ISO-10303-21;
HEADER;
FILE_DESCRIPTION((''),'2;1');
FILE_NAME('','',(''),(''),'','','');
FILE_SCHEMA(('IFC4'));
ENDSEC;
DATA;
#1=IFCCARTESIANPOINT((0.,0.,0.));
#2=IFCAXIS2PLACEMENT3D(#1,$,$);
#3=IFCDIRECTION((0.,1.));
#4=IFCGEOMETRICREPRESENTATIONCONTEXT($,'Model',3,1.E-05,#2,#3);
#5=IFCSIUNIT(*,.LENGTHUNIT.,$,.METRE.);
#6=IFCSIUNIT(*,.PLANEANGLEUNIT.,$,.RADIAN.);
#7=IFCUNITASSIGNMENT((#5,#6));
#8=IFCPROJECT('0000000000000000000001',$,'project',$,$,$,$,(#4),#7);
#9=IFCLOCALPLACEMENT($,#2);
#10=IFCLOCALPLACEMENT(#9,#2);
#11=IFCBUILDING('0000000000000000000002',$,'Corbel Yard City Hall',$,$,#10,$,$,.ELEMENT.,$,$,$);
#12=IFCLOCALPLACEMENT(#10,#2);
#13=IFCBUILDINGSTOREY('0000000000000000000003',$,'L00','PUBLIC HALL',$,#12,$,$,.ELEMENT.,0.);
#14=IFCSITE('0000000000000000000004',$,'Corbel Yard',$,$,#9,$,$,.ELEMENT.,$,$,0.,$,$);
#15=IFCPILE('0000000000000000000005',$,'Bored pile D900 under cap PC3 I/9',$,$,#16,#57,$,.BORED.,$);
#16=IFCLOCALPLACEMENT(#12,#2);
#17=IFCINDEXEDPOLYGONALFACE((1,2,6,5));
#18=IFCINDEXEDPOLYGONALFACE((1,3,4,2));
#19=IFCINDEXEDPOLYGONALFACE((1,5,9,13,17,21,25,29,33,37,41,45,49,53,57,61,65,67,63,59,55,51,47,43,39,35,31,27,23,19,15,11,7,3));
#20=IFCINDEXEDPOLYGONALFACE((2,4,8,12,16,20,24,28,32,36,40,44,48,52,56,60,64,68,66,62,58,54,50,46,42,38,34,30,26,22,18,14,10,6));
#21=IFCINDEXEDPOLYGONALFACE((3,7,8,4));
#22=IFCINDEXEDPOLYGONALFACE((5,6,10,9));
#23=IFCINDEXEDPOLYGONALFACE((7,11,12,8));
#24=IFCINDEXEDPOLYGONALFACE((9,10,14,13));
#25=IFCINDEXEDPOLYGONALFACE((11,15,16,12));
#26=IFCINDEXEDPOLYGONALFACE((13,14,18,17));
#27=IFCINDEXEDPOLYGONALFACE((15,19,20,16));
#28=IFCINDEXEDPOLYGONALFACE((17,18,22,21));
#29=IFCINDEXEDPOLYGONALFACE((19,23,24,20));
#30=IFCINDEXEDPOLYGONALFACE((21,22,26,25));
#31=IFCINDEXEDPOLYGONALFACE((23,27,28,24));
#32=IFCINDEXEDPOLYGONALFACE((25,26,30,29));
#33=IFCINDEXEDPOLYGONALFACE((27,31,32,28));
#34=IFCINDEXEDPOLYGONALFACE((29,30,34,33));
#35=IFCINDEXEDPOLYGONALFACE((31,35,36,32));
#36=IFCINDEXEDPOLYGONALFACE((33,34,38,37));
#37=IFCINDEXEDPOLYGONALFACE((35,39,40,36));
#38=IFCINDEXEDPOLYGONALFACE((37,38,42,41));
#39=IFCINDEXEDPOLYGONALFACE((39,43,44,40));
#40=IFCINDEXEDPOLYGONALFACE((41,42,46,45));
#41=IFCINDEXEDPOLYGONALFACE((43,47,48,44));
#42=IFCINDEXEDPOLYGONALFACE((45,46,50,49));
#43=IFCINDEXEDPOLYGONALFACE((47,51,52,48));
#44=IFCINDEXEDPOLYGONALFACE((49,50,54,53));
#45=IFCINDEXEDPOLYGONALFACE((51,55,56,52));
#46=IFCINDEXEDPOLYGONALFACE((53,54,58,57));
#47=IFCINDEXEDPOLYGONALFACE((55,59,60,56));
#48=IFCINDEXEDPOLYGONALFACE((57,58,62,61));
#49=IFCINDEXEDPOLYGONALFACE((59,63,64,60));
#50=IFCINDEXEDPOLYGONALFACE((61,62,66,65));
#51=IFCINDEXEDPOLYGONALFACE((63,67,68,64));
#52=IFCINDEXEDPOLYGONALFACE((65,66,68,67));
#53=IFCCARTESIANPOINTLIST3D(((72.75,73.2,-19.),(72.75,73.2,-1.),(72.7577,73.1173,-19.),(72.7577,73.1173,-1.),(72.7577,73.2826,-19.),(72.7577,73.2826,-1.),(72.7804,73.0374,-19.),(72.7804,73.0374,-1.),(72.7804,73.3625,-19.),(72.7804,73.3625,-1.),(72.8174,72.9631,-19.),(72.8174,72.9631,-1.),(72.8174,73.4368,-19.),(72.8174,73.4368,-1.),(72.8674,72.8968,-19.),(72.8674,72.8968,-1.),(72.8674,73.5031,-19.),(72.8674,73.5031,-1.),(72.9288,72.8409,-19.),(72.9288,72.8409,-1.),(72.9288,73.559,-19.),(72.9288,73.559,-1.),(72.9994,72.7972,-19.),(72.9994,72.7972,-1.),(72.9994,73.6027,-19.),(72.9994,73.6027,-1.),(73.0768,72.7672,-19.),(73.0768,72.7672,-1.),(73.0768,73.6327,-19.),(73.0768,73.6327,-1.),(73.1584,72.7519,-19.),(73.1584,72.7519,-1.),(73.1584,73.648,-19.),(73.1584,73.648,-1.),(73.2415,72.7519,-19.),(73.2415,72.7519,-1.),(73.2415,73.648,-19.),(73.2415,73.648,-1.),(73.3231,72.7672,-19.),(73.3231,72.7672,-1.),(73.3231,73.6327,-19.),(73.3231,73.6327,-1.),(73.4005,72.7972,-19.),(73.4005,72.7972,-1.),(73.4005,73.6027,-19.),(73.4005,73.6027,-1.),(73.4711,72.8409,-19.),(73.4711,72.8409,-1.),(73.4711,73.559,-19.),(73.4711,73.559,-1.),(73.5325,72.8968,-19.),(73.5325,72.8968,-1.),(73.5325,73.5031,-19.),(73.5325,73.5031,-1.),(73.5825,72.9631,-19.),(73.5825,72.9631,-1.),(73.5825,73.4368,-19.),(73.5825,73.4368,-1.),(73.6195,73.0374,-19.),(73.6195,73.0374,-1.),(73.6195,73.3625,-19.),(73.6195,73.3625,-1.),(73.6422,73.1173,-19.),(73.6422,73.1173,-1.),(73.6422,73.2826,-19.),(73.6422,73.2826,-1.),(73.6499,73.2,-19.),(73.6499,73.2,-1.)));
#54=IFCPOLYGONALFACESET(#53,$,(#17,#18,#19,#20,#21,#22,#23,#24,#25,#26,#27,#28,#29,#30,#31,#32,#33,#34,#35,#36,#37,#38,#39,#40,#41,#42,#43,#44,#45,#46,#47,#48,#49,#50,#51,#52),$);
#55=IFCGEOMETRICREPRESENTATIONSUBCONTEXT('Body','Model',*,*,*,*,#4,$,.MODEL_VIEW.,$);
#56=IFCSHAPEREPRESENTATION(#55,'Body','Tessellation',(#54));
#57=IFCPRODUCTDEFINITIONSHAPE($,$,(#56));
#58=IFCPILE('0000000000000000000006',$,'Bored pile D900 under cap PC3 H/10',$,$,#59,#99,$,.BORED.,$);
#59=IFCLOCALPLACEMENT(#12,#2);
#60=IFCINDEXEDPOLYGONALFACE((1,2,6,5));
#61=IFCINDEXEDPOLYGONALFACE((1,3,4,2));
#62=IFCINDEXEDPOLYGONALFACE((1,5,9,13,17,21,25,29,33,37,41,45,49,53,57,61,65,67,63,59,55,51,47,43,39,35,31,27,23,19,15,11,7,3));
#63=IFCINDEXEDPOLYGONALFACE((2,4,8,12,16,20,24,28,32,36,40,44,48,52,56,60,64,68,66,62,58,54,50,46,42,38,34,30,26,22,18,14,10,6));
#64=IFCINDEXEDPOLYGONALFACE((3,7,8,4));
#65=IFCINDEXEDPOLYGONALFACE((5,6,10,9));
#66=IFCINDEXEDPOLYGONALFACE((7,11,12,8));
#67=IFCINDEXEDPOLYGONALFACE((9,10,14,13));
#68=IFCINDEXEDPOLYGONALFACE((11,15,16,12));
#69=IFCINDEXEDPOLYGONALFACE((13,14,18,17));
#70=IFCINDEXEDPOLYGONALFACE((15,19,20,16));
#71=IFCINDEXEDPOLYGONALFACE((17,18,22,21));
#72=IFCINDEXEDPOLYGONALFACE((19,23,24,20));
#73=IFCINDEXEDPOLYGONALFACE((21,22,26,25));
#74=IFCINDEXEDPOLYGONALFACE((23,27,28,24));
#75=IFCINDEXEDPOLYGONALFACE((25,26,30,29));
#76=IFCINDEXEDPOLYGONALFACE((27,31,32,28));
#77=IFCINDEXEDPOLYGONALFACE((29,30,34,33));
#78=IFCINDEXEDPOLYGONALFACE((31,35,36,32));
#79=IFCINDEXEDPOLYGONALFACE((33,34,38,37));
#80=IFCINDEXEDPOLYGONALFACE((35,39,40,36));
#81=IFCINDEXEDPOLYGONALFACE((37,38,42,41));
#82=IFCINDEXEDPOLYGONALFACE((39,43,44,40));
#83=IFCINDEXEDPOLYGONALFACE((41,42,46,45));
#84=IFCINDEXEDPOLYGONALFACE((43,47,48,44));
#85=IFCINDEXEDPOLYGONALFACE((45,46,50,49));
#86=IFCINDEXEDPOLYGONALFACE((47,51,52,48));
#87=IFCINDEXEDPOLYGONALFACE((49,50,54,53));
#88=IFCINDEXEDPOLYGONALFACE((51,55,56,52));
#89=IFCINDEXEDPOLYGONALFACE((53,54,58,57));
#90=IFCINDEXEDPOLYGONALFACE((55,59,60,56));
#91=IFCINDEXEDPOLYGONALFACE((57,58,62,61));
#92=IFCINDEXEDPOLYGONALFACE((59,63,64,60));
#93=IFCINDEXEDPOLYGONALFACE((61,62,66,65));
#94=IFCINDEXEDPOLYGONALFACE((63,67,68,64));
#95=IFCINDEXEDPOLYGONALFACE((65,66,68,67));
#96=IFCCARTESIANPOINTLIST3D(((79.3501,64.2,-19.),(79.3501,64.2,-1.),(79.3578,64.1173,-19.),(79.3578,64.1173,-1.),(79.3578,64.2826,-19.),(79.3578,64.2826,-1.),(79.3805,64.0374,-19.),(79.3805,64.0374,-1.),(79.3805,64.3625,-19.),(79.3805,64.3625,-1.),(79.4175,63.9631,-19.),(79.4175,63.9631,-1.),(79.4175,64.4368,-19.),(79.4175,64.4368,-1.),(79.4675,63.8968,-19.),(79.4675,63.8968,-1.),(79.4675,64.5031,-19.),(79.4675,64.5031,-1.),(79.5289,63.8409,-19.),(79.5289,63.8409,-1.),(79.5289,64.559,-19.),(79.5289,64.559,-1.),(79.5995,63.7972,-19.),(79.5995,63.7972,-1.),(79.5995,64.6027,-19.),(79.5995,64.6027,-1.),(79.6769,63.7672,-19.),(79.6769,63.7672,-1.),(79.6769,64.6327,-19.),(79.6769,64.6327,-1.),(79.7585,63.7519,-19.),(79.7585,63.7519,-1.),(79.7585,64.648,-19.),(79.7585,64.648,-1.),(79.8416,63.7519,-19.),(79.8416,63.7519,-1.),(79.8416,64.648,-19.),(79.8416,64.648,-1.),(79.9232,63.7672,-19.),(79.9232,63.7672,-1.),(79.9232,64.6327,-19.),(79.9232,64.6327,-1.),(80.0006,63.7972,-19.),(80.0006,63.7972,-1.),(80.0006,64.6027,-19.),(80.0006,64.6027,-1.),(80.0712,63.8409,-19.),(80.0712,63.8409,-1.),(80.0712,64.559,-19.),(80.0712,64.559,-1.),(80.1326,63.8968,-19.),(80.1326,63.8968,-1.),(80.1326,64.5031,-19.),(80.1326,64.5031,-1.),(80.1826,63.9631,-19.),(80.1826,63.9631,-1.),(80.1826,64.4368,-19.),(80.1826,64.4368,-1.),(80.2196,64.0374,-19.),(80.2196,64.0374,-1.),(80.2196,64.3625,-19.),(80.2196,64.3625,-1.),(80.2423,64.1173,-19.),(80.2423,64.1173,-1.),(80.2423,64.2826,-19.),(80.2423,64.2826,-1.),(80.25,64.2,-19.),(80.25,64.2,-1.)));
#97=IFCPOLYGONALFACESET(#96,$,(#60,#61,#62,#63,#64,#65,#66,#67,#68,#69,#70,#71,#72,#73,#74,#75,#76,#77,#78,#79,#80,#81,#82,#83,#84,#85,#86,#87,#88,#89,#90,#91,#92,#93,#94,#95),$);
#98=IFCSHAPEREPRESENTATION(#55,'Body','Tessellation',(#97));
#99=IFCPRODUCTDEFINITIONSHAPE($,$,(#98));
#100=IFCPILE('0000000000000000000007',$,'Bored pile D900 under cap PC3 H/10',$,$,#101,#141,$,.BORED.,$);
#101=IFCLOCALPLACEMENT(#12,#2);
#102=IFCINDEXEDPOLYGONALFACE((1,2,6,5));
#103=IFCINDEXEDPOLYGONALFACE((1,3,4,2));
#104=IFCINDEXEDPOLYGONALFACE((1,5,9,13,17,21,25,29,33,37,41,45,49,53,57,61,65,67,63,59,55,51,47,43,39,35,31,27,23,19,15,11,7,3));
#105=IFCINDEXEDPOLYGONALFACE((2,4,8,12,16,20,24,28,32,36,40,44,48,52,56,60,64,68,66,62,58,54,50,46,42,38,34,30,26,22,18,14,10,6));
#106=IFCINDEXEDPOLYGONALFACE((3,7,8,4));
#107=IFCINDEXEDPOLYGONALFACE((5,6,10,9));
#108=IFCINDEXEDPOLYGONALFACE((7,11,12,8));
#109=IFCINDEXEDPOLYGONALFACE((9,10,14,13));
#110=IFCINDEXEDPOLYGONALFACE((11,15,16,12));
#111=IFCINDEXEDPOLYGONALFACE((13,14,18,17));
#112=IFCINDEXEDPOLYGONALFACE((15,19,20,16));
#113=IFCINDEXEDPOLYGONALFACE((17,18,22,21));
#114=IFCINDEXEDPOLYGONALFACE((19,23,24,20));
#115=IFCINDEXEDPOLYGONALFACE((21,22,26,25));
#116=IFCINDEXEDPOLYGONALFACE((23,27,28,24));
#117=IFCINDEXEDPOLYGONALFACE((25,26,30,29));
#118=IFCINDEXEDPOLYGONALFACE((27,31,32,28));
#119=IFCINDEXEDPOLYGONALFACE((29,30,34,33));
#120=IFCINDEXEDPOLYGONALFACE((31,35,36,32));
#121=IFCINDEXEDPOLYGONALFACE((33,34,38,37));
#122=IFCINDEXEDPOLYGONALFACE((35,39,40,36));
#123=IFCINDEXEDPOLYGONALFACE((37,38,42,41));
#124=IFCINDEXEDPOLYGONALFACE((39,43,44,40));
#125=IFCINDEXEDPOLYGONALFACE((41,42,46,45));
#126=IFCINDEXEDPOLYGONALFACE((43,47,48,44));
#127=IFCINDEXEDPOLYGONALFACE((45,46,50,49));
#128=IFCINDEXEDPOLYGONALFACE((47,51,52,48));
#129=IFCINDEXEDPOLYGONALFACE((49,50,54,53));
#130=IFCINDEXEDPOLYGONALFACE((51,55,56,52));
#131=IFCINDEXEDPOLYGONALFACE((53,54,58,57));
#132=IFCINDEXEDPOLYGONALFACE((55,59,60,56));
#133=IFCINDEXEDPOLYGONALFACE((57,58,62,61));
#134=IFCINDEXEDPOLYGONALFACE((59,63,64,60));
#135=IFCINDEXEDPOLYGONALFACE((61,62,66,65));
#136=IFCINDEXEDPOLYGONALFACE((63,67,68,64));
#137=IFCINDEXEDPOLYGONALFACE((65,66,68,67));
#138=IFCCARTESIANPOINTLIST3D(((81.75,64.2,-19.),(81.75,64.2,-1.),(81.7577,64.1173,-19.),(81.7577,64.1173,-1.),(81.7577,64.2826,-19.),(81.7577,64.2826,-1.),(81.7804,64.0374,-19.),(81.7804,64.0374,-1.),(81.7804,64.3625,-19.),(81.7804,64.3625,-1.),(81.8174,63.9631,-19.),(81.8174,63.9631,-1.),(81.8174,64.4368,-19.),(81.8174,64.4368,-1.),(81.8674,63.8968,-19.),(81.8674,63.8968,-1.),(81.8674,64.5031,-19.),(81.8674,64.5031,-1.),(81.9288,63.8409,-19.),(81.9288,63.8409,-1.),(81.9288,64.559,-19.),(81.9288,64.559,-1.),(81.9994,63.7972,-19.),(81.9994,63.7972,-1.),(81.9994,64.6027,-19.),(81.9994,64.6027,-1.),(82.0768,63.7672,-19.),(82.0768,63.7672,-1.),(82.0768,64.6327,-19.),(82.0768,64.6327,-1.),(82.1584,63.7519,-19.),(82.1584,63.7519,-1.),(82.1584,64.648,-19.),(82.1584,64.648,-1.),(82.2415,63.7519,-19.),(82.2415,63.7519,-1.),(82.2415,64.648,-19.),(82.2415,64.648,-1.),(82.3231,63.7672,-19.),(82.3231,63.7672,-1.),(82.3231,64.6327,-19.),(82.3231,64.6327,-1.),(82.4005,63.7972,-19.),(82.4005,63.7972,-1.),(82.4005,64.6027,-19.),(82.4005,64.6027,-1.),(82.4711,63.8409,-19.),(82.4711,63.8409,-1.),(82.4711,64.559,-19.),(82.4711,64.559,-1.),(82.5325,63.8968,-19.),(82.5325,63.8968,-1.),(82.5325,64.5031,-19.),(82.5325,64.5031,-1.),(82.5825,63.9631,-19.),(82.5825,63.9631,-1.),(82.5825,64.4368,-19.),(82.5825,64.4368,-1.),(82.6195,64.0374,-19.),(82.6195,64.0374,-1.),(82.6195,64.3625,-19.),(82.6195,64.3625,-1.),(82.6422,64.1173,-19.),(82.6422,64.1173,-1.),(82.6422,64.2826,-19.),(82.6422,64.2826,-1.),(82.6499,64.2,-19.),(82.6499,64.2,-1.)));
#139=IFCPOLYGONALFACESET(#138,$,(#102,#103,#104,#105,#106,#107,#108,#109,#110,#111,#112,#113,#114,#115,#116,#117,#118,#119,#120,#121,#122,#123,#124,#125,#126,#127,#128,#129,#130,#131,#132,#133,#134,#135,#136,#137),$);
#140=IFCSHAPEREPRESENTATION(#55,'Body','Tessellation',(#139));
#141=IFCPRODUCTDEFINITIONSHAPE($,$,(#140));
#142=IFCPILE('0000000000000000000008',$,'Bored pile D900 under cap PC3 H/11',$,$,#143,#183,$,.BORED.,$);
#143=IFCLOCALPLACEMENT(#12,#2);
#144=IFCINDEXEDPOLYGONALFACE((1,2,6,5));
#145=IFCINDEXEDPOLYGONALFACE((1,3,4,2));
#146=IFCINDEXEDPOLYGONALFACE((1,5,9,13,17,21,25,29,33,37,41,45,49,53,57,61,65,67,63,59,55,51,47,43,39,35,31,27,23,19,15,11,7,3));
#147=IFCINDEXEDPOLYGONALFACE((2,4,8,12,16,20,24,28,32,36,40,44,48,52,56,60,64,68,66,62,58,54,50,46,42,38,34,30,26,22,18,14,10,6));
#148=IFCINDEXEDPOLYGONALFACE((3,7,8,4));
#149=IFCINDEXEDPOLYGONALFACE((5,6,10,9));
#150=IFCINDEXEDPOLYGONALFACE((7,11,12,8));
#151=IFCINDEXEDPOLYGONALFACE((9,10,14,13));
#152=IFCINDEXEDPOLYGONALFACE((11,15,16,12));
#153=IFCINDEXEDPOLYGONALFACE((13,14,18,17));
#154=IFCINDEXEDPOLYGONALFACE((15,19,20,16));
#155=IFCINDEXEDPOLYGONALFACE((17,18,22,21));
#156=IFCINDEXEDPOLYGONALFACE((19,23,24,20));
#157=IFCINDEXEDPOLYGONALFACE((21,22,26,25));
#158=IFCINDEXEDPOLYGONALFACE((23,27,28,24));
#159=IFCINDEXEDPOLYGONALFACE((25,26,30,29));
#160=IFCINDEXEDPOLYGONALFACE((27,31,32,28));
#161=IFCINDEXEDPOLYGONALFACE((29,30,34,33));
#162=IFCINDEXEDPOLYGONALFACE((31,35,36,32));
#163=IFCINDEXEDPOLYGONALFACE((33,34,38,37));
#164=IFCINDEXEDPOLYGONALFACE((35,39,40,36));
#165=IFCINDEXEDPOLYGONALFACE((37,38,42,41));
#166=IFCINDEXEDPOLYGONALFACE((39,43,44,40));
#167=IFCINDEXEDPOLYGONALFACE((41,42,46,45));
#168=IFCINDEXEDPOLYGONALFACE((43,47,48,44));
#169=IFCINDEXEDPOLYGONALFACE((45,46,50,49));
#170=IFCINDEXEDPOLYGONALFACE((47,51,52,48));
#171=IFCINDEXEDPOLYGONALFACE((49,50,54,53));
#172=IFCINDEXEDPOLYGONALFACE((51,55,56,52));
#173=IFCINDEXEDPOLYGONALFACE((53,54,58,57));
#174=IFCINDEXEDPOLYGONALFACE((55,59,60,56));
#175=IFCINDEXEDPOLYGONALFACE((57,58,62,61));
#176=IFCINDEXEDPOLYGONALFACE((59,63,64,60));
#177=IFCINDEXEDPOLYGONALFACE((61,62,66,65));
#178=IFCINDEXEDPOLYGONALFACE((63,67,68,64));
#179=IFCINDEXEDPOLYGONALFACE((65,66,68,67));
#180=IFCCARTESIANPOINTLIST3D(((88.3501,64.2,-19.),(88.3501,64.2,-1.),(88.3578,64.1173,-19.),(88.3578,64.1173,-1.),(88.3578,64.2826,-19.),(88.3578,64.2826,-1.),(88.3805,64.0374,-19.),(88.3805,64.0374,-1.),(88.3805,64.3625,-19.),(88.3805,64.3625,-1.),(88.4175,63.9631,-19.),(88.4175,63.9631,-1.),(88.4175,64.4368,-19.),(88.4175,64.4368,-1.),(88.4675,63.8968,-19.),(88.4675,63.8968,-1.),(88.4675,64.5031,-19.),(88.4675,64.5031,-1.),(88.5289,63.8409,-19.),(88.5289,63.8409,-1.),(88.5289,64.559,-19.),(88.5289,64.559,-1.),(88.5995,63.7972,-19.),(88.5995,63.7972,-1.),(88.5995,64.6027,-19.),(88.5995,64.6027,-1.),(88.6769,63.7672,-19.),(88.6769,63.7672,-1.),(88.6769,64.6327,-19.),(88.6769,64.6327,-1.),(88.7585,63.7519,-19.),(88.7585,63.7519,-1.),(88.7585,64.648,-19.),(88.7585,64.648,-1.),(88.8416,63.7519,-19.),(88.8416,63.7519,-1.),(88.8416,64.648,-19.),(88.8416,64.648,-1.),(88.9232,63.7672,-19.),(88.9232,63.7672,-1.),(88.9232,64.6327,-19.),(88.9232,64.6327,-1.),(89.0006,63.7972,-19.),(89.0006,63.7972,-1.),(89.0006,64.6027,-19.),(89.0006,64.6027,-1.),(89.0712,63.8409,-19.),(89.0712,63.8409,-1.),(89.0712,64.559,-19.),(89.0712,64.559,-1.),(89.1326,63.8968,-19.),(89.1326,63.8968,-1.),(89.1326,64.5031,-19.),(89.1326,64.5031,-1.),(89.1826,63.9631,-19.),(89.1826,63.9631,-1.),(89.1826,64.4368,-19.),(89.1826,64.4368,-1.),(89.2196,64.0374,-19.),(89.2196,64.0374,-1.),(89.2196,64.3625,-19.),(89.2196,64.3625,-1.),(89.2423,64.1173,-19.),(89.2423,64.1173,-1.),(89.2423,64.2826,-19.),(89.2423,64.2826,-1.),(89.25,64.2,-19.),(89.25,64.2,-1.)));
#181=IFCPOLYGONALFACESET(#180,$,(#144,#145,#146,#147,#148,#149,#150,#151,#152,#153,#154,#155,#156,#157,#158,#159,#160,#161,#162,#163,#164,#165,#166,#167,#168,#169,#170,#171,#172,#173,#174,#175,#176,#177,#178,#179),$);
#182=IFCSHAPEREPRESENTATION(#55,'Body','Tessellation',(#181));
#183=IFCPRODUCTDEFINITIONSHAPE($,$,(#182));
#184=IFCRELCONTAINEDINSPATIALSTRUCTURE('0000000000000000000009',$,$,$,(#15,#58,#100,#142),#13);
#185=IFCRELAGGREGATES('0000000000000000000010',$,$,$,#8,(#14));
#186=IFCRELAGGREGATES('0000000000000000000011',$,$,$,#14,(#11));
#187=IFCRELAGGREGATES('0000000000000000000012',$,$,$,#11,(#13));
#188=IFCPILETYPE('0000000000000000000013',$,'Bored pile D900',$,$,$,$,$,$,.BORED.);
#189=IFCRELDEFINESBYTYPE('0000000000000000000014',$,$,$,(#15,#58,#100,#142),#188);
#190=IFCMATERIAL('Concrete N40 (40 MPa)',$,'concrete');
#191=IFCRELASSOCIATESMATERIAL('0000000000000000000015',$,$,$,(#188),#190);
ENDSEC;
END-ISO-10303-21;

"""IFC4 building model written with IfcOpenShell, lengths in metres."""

from ifc_helpers import new_model, si_unit, direction, frame, origin, origin_2d, place, context, subcontext, project, spatial, circle, extrude, material, material_profile, profile_set, type_object, element, save


model = new_model("IFC4")

# Units and contexts
model_context = context("Model", 3, precision=1e-05, world=origin(), true_north=direction((0.0, 1.0)))
body_context = subcontext(model_context, "Body", "Model", "MODEL_VIEW")
ifc_project = project(units=[si_unit("LENGTHUNIT", "METRE"), si_unit("PLANEANGLEUNIT", "RADIAN")], contexts=[model_context])

# Site, building, storey
site_placement = place(None, origin())
site = spatial("IfcSite", under=ifc_project, at=site_placement, Name="Corbel Yard", CompositionType="ELEMENT", RefElevation=0.0)
building_placement = place(site_placement, origin())
building = spatial("IfcBuilding", under=site, at=building_placement, Name="Corbel Yard City Hall", CompositionType="ELEMENT")
storey_placement = place(building_placement, origin())
storey = spatial("IfcBuildingStorey", under=building, at=storey_placement, Name="L00", Description="PUBLIC HALL", CompositionType="ELEMENT", Elevation=0.0)

# Piles
ifc_material_1 = material(Name="Concrete N40 (40 MPa)", Category="concrete")
ifc_material_profile_1 = material_profile(ifc_material_1, circle(Radius=0.45, at=origin_2d()), Name="D900")
ifc_profile_set_1 = profile_set([ifc_material_profile_1], Name="Concrete N40 (40 MPa)")
pile_type_1 = type_object("IfcPileType", Name="Bored pile D900", PredefinedType="BORED", material=ifc_profile_set_1)
for number, where, z_axis, x_axis, name in (
    (1, (73.2, 73.2, -1.0), (0.0, 0.0, -1.0), (1.0, 0.0, 0.0), "Bored pile D900 under cap PC3 I/9"),
    (2, (79.8, 64.2, -1.0), (0.0, 0.0, -1.0), (1.0, 0.0, 0.0), "Bored pile D900 under cap PC3 H/10"),
    (3, (82.2, 64.2, -1.0), (0.0, 0.0, -1.0), (1.0, 0.0, 0.0), "Bored pile D900 under cap PC3 H/10"),
    (4, (88.8, 64.2, -1.0), (0.0, 0.0, -1.0), (1.0, 0.0, 0.0), "Bored pile D900 under cap PC3 H/11"),
):
    element("IfcPile", number, at=place(storey_placement, frame(where, z_axis=z_axis, x_axis=x_axis)), inside=storey, type_object=pile_type_1, Name=name, PredefinedType="BORED", context=body_context, shape_type="SweptSolid", body=[
        extrude(circle(Radius=0.45, at=origin_2d()), origin(), (0.0, 0.0, 1.0), 18.0),
    ])

save(model, "model.ifc")
